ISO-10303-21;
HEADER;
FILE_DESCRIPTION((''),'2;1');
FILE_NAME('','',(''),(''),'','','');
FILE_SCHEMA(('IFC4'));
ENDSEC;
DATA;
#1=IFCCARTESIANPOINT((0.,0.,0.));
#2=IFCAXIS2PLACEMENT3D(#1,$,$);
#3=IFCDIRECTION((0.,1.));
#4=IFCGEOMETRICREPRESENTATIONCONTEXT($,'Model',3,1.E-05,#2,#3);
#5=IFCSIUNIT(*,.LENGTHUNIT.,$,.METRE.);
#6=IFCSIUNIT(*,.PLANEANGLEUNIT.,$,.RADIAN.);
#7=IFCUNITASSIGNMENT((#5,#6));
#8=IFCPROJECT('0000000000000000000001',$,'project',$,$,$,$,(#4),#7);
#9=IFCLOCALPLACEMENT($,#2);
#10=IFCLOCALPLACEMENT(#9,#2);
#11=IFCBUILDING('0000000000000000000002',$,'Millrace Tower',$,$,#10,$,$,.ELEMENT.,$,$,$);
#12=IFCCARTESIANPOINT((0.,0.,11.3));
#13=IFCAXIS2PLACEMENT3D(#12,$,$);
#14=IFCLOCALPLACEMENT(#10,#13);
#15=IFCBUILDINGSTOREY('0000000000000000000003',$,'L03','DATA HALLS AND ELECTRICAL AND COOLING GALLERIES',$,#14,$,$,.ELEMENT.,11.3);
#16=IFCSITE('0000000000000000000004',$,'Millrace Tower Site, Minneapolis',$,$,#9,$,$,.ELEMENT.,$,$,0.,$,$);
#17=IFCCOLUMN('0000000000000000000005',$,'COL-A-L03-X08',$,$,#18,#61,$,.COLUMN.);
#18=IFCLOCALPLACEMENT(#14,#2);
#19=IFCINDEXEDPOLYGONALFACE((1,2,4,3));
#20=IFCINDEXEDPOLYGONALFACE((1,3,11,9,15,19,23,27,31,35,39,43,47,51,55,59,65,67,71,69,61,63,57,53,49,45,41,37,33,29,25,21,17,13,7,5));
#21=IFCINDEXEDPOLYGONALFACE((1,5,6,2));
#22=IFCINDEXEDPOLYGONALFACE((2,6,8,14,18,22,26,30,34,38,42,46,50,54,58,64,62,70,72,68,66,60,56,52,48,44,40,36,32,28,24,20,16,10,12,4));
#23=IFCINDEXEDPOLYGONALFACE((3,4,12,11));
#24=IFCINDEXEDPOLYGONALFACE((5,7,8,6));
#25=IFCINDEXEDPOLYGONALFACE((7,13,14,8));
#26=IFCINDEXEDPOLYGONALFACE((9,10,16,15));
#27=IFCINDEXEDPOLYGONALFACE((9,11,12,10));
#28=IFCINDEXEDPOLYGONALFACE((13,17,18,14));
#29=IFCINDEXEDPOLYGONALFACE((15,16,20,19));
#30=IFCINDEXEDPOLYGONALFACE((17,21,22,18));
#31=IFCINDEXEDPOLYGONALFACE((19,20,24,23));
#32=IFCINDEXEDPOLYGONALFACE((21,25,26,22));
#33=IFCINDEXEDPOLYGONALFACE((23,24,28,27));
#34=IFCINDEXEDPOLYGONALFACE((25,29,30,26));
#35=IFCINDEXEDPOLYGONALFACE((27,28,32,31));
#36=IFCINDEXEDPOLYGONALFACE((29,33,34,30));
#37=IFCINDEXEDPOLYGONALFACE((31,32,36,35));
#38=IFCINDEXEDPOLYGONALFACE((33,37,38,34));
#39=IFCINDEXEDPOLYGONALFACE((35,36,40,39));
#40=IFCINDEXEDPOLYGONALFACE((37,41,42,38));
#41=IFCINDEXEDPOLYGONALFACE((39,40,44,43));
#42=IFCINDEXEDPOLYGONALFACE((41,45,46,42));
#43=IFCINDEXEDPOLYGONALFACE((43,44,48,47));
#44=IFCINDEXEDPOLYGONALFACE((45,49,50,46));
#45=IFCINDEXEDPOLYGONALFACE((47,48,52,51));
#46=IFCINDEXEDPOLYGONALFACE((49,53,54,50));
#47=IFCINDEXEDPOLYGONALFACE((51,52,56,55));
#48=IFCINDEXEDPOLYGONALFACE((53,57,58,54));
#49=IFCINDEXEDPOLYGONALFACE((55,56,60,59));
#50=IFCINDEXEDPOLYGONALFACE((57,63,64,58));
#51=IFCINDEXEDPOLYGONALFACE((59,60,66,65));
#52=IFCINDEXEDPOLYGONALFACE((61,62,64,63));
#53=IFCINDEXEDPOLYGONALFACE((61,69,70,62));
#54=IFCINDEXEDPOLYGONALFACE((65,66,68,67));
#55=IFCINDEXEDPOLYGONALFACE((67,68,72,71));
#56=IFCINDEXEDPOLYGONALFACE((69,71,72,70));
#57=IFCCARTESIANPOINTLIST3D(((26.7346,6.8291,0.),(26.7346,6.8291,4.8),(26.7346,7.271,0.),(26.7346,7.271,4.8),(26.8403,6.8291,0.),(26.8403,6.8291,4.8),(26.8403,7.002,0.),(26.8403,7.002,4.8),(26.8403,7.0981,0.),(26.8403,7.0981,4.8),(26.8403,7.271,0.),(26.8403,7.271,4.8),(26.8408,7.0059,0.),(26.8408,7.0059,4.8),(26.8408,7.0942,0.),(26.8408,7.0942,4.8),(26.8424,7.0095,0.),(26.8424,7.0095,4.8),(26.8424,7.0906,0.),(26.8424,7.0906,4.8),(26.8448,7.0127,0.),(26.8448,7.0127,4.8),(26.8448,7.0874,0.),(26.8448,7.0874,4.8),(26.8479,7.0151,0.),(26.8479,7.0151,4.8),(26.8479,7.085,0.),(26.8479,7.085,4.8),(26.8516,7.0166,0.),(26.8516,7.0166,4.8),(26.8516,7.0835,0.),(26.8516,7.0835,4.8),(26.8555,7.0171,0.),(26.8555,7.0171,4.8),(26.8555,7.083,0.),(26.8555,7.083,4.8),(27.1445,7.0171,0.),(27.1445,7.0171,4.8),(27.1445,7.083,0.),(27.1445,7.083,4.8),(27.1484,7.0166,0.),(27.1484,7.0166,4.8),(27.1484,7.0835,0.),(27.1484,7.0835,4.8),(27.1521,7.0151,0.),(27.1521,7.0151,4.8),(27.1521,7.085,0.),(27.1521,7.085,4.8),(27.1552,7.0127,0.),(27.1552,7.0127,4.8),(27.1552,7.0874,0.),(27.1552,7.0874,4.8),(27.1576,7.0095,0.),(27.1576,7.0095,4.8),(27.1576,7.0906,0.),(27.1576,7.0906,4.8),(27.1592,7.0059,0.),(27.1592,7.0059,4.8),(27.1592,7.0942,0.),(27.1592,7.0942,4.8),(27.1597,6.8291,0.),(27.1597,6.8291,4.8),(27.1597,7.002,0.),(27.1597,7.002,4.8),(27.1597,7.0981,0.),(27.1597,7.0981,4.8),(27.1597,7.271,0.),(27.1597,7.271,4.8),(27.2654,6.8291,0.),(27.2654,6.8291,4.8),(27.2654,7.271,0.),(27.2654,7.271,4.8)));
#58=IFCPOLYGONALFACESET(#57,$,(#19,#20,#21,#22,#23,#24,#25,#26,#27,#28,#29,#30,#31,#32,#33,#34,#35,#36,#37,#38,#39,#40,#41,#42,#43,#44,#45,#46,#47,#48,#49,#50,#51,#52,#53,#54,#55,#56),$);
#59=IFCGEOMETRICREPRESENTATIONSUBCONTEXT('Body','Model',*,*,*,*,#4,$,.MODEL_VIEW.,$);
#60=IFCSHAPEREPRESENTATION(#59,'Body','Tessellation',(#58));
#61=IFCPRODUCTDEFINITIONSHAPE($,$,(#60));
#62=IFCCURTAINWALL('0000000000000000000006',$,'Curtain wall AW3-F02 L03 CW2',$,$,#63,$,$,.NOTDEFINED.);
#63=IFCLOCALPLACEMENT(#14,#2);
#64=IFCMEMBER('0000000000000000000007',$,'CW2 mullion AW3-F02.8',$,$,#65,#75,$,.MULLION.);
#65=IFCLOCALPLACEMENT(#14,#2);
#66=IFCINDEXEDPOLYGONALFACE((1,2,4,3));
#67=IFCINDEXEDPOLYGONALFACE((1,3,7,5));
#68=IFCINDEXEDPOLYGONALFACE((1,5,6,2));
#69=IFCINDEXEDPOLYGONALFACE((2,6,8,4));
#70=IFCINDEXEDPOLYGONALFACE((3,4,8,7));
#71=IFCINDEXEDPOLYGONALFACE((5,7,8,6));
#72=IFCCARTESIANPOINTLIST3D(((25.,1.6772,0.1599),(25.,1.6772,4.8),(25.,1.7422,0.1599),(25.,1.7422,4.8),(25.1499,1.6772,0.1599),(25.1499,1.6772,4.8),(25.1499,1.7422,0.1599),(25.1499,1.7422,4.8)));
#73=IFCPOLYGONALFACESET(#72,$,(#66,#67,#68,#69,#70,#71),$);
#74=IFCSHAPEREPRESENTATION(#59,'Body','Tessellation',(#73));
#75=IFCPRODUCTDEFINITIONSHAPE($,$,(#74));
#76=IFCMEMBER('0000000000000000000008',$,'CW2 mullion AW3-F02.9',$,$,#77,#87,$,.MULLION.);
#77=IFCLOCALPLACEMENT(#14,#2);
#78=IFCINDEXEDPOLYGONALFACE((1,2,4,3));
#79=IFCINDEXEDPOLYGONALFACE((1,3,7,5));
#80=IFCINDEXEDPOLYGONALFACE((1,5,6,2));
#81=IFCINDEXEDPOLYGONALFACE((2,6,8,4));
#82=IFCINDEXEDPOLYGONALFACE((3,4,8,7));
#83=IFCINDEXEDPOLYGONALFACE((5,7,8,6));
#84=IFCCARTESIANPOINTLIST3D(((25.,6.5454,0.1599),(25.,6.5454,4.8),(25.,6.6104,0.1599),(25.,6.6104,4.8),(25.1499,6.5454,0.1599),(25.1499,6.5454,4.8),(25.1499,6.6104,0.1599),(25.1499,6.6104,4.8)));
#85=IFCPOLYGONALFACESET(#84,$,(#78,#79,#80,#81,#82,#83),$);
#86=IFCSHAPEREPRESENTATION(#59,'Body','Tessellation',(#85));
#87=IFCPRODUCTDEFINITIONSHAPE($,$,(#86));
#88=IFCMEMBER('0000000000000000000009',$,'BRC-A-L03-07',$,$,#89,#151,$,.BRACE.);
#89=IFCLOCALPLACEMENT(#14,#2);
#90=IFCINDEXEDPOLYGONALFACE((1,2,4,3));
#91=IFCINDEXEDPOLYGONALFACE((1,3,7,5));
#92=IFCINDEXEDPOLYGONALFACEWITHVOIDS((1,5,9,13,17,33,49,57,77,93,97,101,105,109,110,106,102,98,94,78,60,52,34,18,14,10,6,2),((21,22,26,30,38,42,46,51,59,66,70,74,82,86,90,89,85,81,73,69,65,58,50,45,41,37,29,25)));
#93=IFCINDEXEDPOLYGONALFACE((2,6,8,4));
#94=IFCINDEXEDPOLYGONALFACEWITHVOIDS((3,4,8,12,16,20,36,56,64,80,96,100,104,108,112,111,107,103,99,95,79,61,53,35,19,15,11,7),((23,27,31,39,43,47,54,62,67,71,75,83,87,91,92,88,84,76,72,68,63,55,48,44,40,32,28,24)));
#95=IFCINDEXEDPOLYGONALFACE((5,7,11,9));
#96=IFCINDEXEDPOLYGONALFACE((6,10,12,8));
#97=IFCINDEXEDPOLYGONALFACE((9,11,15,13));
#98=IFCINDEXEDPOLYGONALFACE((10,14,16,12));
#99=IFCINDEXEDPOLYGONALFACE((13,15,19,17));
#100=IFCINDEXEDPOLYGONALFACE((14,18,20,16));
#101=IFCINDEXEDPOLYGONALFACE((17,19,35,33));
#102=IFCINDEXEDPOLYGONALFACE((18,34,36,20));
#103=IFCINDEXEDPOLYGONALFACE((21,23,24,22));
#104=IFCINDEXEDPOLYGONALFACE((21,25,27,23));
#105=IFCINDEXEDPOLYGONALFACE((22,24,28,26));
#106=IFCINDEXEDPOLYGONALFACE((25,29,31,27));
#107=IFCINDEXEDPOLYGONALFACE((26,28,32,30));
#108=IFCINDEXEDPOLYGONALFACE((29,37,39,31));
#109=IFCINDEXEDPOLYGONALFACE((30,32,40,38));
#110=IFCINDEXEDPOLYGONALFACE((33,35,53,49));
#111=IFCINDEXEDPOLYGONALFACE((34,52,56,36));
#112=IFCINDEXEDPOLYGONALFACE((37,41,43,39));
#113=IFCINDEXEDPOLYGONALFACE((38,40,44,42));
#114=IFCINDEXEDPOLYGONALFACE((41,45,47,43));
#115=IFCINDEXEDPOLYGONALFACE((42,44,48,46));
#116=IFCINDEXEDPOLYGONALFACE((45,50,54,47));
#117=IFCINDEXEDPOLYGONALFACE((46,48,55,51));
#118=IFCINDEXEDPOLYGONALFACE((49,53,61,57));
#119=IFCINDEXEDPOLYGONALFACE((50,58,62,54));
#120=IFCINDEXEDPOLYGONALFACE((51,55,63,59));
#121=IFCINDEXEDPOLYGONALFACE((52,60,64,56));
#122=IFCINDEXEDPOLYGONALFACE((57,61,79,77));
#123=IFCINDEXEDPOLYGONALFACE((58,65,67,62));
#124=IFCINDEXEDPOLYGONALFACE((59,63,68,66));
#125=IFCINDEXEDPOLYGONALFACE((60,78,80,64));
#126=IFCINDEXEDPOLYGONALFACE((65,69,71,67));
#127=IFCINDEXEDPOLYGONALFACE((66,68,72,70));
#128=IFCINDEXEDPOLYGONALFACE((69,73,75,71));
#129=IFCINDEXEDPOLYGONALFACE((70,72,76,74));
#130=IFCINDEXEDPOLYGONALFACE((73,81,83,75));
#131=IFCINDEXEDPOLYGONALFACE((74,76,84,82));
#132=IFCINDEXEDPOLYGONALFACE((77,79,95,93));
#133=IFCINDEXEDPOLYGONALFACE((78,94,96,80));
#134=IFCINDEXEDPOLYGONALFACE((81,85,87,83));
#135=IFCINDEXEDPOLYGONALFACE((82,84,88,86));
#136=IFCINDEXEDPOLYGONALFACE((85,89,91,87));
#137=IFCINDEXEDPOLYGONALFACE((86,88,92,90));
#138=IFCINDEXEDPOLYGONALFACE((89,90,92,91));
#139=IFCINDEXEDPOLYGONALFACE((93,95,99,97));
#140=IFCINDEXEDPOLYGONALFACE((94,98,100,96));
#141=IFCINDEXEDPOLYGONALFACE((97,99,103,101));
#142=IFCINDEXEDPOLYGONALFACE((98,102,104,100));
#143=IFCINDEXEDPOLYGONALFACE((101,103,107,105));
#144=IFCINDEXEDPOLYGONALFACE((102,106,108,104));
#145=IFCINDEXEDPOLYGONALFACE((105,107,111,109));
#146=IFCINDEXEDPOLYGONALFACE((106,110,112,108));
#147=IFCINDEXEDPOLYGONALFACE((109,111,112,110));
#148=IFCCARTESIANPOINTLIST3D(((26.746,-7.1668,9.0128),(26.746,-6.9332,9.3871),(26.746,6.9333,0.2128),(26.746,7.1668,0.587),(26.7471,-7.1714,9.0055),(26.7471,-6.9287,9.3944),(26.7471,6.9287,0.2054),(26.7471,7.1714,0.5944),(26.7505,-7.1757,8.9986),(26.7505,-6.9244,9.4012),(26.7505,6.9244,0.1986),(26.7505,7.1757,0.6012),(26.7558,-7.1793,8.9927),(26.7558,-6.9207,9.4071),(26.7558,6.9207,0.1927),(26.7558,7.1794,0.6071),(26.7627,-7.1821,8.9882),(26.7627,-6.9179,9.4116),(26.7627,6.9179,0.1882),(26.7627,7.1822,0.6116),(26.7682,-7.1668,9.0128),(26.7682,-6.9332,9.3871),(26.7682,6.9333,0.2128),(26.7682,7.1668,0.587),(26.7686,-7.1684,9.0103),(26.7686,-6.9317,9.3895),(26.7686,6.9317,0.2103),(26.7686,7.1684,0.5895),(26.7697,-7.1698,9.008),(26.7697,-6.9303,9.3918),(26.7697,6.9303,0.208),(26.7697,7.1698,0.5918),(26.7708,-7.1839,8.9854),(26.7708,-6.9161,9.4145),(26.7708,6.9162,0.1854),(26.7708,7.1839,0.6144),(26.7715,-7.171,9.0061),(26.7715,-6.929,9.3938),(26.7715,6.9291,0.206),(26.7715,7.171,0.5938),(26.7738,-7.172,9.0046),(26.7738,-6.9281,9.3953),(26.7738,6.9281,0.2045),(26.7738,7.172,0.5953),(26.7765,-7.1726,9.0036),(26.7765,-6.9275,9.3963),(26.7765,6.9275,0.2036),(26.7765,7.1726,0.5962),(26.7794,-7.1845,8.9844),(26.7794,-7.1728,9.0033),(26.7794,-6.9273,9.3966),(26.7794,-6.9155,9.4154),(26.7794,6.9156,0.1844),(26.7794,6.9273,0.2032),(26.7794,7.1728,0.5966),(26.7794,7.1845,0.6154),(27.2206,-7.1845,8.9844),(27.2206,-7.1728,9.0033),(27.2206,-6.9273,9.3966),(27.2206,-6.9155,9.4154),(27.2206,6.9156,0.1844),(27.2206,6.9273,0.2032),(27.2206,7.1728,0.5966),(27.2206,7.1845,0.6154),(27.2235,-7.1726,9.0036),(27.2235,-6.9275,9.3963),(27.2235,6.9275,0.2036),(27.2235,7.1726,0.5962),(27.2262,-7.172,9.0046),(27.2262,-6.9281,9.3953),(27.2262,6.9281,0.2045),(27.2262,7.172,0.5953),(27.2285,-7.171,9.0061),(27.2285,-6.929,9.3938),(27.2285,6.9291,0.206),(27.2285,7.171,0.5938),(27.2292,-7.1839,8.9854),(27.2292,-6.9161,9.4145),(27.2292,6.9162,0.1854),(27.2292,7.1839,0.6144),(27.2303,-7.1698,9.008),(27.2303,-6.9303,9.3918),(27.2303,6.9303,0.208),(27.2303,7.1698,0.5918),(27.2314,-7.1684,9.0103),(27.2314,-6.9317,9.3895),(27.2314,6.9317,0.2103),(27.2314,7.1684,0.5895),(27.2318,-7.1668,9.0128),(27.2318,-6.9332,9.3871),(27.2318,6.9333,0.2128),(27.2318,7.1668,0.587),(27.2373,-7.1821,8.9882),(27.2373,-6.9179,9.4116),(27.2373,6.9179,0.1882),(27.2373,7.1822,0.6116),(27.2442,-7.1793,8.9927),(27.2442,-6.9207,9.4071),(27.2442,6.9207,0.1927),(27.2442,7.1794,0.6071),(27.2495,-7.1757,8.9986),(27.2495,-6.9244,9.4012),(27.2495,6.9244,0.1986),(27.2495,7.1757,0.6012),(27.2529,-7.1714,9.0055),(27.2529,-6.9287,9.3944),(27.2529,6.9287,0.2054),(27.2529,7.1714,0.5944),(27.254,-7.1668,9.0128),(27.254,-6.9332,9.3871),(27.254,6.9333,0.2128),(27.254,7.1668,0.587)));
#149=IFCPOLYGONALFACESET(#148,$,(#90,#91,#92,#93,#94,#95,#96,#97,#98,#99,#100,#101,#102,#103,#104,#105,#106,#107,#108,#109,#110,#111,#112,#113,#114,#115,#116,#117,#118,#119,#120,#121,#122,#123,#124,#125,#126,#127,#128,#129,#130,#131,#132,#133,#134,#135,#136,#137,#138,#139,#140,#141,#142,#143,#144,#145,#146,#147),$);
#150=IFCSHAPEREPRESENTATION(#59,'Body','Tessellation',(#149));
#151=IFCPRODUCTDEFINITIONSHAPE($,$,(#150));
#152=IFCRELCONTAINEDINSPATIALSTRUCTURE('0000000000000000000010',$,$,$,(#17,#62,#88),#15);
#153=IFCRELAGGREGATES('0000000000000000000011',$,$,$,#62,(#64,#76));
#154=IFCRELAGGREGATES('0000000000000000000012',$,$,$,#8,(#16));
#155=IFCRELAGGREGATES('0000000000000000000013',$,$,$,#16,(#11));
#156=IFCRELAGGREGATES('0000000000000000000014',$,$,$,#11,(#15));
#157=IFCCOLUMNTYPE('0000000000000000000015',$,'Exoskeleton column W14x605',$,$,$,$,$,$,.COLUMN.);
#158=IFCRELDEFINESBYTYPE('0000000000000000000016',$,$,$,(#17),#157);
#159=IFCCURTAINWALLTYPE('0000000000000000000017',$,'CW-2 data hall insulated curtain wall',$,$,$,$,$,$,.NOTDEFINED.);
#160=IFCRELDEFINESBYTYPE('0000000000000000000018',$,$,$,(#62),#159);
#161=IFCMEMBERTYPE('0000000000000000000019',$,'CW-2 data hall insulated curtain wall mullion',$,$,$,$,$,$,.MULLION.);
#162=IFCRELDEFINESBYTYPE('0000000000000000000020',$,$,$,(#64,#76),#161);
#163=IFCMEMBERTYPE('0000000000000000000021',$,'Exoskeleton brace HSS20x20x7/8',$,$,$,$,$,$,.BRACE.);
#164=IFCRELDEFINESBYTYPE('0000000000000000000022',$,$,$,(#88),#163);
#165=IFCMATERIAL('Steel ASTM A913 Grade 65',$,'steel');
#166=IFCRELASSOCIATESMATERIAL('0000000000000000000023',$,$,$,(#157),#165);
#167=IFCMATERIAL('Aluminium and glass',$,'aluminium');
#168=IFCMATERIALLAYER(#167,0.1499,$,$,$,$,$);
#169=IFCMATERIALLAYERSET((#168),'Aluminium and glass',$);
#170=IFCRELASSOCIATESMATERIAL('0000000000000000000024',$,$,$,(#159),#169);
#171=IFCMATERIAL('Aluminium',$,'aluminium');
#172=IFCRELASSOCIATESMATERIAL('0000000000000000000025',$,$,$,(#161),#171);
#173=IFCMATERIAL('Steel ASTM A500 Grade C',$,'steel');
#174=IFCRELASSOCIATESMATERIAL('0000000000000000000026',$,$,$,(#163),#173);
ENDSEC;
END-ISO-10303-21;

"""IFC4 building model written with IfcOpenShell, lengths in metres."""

from ifc_helpers import new_model, si_unit, direction, frame, origin, origin_2d, place, context, subcontext, project, spatial, rectangle, hollow_rectangle, i_section, extrude, material, layer, layer_set, material_profile, profile_set, type_object, element, aggregate, save


model = new_model("IFC4")

# Units and contexts
model_context = context("Model", 3, precision=1e-05, world=origin(), true_north=direction((0.0, 1.0)))
body_context = subcontext(model_context, "Body", "Model", "MODEL_VIEW")
ifc_project = project(units=[si_unit("LENGTHUNIT", "METRE"), si_unit("PLANEANGLEUNIT", "RADIAN")], contexts=[model_context])

# Site, building, storey
site_placement = place(None, origin())
site = spatial("IfcSite", under=ifc_project, at=site_placement, Name="Millrace Tower Site, Minneapolis", CompositionType="ELEMENT", RefElevation=0.0)
building_placement = place(site_placement, origin())
building = spatial("IfcBuilding", under=site, at=building_placement, Name="Millrace Tower", CompositionType="ELEMENT")
storey_placement = place(building_placement, frame((0.0, 0.0, 11.3)))
storey = spatial("IfcBuildingStorey", under=building, at=storey_placement, Name="L03", Description="DATA HALLS AND ELECTRICAL AND COOLING GALLERIES", CompositionType="ELEMENT", Elevation=11.3)

# Column
ifc_material_1 = material(Name="Steel ASTM A913 Grade 65", Category="steel")
ifc_material_profile_1 = material_profile(ifc_material_1, i_section(OverallWidth=0.4419, OverallDepth=0.5308, WebThickness=0.0659, FlangeThickness=0.1057, FilletRadius=0.0151, at=origin_2d()))
ifc_profile_set_1 = profile_set([ifc_material_profile_1], Name="Steel ASTM A913 Grade 65")
column_type = type_object("IfcColumnType", Name="Exoskeleton column W14x605", PredefinedType="COLUMN", material=ifc_profile_set_1)
column_placement = place(storey_placement, frame((27.0, 7.05, 0.0), z_axis=(0.0, 0.0, 1.0), x_axis=(0.0, 1.0, 0.0)))
element("IfcColumn", 1, at=column_placement, inside=storey, type_object=column_type, Name="COL-A-L03-X08", PredefinedType="COLUMN", context=body_context, shape_type="SweptSolid", body=[
    extrude(i_section(OverallWidth=0.4419, OverallDepth=0.5308, WebThickness=0.0659, FlangeThickness=0.1057, FilletRadius=0.0151, at=origin_2d()), origin(), (0.0, 0.0, 1.0), 4.8),
])

# Curtain wall, members
ifc_material_2 = material(Name="Aluminium and glass", Category="aluminium")
ifc_layer_1 = layer(ifc_material_2, 0.1499)
ifc_layer_set_1 = layer_set([ifc_layer_1], Name="Aluminium and glass")
curtain_wall_type = type_object("IfcCurtainWallType", Name="CW-2 data hall insulated curtain wall", PredefinedType="NOTDEFINED", material=ifc_layer_set_1)
curtain_wall_placement = place(storey_placement, origin())
curtain_wall = element("IfcCurtainWall", 2, at=curtain_wall_placement, inside=storey, type_object=curtain_wall_type, Name="Curtain wall AW3-F02 L03 CW2", PredefinedType="NOTDEFINED")
ifc_material_3 = material(Name="Aluminium", Category="aluminium")
ifc_material_profile_2 = material_profile(ifc_material_3, rectangle(XDim=0.0649, YDim=0.1499, at=origin_2d()))
ifc_profile_set_2 = profile_set([ifc_material_profile_2], Name="Aluminium")
member_type_1 = type_object("IfcMemberType", Name="CW-2 data hall insulated curtain wall mullion", PredefinedType="MULLION", material=ifc_profile_set_2)
member_1_placement = place(storey_placement, frame((25.075, 1.7097, 0.1599), z_axis=(0.0, 0.0, 1.0), x_axis=(0.0, 1.0, 0.0)))
member_1 = element("IfcMember", 3, at=member_1_placement, type_object=member_type_1, Name="CW2 mullion AW3-F02.8", PredefinedType="MULLION", context=body_context, shape_type="SweptSolid", body=[
    extrude(rectangle(XDim=0.0649, YDim=0.1499, at=origin_2d()), origin(), (0.0, 0.0, 1.0), 4.6401),
])
member_2_placement = place(storey_placement, frame((25.075, 6.5779, 0.1599), z_axis=(0.0, 0.0, 1.0), x_axis=(0.0, 1.0, 0.0)))
member_2 = element("IfcMember", 4, at=member_2_placement, type_object=member_type_1, Name="CW2 mullion AW3-F02.9", PredefinedType="MULLION", context=body_context, shape_type="SweptSolid", body=[
    extrude(rectangle(XDim=0.0649, YDim=0.1499, at=origin_2d()), origin(), (0.0, 0.0, 1.0), 4.6401),
])
aggregate(curtain_wall, [member_1, member_2])

# Member
ifc_material_4 = material(Name="Steel ASTM A500 Grade C", Category="steel")
ifc_material_profile_3 = material_profile(ifc_material_4, hollow_rectangle(XDim=0.5081, YDim=0.5081, WallThickness=0.0222, InnerFilletRadius=0.0112, OuterFilletRadius=0.0334, at=origin_2d()))
ifc_profile_set_3 = profile_set([ifc_material_profile_3], Name="Steel ASTM A500 Grade C")
member_type_2 = type_object("IfcMemberType", Name="Exoskeleton brace HSS20x20x7/8", PredefinedType="BRACE", material=ifc_profile_set_3)
member_3_placement = place(storey_placement, frame((27.0, 7.05, 0.3999), z_axis=(0.0, -0.848336, 0.529457), x_axis=(1.0, 0.0, 0.0)))
element("IfcMember", 5, at=member_3_placement, inside=storey, type_object=member_type_2, Name="BRC-A-L03-07", PredefinedType="BRACE", context=body_context, shape_type="SweptSolid", body=[
    extrude(hollow_rectangle(XDim=0.5081, YDim=0.5081, WallThickness=0.0222, InnerFilletRadius=0.0112, OuterFilletRadius=0.0334, at=origin_2d()), origin(), (0.0, 0.0, 1.0), 16.6208),
])

save(model, "model.ifc")
